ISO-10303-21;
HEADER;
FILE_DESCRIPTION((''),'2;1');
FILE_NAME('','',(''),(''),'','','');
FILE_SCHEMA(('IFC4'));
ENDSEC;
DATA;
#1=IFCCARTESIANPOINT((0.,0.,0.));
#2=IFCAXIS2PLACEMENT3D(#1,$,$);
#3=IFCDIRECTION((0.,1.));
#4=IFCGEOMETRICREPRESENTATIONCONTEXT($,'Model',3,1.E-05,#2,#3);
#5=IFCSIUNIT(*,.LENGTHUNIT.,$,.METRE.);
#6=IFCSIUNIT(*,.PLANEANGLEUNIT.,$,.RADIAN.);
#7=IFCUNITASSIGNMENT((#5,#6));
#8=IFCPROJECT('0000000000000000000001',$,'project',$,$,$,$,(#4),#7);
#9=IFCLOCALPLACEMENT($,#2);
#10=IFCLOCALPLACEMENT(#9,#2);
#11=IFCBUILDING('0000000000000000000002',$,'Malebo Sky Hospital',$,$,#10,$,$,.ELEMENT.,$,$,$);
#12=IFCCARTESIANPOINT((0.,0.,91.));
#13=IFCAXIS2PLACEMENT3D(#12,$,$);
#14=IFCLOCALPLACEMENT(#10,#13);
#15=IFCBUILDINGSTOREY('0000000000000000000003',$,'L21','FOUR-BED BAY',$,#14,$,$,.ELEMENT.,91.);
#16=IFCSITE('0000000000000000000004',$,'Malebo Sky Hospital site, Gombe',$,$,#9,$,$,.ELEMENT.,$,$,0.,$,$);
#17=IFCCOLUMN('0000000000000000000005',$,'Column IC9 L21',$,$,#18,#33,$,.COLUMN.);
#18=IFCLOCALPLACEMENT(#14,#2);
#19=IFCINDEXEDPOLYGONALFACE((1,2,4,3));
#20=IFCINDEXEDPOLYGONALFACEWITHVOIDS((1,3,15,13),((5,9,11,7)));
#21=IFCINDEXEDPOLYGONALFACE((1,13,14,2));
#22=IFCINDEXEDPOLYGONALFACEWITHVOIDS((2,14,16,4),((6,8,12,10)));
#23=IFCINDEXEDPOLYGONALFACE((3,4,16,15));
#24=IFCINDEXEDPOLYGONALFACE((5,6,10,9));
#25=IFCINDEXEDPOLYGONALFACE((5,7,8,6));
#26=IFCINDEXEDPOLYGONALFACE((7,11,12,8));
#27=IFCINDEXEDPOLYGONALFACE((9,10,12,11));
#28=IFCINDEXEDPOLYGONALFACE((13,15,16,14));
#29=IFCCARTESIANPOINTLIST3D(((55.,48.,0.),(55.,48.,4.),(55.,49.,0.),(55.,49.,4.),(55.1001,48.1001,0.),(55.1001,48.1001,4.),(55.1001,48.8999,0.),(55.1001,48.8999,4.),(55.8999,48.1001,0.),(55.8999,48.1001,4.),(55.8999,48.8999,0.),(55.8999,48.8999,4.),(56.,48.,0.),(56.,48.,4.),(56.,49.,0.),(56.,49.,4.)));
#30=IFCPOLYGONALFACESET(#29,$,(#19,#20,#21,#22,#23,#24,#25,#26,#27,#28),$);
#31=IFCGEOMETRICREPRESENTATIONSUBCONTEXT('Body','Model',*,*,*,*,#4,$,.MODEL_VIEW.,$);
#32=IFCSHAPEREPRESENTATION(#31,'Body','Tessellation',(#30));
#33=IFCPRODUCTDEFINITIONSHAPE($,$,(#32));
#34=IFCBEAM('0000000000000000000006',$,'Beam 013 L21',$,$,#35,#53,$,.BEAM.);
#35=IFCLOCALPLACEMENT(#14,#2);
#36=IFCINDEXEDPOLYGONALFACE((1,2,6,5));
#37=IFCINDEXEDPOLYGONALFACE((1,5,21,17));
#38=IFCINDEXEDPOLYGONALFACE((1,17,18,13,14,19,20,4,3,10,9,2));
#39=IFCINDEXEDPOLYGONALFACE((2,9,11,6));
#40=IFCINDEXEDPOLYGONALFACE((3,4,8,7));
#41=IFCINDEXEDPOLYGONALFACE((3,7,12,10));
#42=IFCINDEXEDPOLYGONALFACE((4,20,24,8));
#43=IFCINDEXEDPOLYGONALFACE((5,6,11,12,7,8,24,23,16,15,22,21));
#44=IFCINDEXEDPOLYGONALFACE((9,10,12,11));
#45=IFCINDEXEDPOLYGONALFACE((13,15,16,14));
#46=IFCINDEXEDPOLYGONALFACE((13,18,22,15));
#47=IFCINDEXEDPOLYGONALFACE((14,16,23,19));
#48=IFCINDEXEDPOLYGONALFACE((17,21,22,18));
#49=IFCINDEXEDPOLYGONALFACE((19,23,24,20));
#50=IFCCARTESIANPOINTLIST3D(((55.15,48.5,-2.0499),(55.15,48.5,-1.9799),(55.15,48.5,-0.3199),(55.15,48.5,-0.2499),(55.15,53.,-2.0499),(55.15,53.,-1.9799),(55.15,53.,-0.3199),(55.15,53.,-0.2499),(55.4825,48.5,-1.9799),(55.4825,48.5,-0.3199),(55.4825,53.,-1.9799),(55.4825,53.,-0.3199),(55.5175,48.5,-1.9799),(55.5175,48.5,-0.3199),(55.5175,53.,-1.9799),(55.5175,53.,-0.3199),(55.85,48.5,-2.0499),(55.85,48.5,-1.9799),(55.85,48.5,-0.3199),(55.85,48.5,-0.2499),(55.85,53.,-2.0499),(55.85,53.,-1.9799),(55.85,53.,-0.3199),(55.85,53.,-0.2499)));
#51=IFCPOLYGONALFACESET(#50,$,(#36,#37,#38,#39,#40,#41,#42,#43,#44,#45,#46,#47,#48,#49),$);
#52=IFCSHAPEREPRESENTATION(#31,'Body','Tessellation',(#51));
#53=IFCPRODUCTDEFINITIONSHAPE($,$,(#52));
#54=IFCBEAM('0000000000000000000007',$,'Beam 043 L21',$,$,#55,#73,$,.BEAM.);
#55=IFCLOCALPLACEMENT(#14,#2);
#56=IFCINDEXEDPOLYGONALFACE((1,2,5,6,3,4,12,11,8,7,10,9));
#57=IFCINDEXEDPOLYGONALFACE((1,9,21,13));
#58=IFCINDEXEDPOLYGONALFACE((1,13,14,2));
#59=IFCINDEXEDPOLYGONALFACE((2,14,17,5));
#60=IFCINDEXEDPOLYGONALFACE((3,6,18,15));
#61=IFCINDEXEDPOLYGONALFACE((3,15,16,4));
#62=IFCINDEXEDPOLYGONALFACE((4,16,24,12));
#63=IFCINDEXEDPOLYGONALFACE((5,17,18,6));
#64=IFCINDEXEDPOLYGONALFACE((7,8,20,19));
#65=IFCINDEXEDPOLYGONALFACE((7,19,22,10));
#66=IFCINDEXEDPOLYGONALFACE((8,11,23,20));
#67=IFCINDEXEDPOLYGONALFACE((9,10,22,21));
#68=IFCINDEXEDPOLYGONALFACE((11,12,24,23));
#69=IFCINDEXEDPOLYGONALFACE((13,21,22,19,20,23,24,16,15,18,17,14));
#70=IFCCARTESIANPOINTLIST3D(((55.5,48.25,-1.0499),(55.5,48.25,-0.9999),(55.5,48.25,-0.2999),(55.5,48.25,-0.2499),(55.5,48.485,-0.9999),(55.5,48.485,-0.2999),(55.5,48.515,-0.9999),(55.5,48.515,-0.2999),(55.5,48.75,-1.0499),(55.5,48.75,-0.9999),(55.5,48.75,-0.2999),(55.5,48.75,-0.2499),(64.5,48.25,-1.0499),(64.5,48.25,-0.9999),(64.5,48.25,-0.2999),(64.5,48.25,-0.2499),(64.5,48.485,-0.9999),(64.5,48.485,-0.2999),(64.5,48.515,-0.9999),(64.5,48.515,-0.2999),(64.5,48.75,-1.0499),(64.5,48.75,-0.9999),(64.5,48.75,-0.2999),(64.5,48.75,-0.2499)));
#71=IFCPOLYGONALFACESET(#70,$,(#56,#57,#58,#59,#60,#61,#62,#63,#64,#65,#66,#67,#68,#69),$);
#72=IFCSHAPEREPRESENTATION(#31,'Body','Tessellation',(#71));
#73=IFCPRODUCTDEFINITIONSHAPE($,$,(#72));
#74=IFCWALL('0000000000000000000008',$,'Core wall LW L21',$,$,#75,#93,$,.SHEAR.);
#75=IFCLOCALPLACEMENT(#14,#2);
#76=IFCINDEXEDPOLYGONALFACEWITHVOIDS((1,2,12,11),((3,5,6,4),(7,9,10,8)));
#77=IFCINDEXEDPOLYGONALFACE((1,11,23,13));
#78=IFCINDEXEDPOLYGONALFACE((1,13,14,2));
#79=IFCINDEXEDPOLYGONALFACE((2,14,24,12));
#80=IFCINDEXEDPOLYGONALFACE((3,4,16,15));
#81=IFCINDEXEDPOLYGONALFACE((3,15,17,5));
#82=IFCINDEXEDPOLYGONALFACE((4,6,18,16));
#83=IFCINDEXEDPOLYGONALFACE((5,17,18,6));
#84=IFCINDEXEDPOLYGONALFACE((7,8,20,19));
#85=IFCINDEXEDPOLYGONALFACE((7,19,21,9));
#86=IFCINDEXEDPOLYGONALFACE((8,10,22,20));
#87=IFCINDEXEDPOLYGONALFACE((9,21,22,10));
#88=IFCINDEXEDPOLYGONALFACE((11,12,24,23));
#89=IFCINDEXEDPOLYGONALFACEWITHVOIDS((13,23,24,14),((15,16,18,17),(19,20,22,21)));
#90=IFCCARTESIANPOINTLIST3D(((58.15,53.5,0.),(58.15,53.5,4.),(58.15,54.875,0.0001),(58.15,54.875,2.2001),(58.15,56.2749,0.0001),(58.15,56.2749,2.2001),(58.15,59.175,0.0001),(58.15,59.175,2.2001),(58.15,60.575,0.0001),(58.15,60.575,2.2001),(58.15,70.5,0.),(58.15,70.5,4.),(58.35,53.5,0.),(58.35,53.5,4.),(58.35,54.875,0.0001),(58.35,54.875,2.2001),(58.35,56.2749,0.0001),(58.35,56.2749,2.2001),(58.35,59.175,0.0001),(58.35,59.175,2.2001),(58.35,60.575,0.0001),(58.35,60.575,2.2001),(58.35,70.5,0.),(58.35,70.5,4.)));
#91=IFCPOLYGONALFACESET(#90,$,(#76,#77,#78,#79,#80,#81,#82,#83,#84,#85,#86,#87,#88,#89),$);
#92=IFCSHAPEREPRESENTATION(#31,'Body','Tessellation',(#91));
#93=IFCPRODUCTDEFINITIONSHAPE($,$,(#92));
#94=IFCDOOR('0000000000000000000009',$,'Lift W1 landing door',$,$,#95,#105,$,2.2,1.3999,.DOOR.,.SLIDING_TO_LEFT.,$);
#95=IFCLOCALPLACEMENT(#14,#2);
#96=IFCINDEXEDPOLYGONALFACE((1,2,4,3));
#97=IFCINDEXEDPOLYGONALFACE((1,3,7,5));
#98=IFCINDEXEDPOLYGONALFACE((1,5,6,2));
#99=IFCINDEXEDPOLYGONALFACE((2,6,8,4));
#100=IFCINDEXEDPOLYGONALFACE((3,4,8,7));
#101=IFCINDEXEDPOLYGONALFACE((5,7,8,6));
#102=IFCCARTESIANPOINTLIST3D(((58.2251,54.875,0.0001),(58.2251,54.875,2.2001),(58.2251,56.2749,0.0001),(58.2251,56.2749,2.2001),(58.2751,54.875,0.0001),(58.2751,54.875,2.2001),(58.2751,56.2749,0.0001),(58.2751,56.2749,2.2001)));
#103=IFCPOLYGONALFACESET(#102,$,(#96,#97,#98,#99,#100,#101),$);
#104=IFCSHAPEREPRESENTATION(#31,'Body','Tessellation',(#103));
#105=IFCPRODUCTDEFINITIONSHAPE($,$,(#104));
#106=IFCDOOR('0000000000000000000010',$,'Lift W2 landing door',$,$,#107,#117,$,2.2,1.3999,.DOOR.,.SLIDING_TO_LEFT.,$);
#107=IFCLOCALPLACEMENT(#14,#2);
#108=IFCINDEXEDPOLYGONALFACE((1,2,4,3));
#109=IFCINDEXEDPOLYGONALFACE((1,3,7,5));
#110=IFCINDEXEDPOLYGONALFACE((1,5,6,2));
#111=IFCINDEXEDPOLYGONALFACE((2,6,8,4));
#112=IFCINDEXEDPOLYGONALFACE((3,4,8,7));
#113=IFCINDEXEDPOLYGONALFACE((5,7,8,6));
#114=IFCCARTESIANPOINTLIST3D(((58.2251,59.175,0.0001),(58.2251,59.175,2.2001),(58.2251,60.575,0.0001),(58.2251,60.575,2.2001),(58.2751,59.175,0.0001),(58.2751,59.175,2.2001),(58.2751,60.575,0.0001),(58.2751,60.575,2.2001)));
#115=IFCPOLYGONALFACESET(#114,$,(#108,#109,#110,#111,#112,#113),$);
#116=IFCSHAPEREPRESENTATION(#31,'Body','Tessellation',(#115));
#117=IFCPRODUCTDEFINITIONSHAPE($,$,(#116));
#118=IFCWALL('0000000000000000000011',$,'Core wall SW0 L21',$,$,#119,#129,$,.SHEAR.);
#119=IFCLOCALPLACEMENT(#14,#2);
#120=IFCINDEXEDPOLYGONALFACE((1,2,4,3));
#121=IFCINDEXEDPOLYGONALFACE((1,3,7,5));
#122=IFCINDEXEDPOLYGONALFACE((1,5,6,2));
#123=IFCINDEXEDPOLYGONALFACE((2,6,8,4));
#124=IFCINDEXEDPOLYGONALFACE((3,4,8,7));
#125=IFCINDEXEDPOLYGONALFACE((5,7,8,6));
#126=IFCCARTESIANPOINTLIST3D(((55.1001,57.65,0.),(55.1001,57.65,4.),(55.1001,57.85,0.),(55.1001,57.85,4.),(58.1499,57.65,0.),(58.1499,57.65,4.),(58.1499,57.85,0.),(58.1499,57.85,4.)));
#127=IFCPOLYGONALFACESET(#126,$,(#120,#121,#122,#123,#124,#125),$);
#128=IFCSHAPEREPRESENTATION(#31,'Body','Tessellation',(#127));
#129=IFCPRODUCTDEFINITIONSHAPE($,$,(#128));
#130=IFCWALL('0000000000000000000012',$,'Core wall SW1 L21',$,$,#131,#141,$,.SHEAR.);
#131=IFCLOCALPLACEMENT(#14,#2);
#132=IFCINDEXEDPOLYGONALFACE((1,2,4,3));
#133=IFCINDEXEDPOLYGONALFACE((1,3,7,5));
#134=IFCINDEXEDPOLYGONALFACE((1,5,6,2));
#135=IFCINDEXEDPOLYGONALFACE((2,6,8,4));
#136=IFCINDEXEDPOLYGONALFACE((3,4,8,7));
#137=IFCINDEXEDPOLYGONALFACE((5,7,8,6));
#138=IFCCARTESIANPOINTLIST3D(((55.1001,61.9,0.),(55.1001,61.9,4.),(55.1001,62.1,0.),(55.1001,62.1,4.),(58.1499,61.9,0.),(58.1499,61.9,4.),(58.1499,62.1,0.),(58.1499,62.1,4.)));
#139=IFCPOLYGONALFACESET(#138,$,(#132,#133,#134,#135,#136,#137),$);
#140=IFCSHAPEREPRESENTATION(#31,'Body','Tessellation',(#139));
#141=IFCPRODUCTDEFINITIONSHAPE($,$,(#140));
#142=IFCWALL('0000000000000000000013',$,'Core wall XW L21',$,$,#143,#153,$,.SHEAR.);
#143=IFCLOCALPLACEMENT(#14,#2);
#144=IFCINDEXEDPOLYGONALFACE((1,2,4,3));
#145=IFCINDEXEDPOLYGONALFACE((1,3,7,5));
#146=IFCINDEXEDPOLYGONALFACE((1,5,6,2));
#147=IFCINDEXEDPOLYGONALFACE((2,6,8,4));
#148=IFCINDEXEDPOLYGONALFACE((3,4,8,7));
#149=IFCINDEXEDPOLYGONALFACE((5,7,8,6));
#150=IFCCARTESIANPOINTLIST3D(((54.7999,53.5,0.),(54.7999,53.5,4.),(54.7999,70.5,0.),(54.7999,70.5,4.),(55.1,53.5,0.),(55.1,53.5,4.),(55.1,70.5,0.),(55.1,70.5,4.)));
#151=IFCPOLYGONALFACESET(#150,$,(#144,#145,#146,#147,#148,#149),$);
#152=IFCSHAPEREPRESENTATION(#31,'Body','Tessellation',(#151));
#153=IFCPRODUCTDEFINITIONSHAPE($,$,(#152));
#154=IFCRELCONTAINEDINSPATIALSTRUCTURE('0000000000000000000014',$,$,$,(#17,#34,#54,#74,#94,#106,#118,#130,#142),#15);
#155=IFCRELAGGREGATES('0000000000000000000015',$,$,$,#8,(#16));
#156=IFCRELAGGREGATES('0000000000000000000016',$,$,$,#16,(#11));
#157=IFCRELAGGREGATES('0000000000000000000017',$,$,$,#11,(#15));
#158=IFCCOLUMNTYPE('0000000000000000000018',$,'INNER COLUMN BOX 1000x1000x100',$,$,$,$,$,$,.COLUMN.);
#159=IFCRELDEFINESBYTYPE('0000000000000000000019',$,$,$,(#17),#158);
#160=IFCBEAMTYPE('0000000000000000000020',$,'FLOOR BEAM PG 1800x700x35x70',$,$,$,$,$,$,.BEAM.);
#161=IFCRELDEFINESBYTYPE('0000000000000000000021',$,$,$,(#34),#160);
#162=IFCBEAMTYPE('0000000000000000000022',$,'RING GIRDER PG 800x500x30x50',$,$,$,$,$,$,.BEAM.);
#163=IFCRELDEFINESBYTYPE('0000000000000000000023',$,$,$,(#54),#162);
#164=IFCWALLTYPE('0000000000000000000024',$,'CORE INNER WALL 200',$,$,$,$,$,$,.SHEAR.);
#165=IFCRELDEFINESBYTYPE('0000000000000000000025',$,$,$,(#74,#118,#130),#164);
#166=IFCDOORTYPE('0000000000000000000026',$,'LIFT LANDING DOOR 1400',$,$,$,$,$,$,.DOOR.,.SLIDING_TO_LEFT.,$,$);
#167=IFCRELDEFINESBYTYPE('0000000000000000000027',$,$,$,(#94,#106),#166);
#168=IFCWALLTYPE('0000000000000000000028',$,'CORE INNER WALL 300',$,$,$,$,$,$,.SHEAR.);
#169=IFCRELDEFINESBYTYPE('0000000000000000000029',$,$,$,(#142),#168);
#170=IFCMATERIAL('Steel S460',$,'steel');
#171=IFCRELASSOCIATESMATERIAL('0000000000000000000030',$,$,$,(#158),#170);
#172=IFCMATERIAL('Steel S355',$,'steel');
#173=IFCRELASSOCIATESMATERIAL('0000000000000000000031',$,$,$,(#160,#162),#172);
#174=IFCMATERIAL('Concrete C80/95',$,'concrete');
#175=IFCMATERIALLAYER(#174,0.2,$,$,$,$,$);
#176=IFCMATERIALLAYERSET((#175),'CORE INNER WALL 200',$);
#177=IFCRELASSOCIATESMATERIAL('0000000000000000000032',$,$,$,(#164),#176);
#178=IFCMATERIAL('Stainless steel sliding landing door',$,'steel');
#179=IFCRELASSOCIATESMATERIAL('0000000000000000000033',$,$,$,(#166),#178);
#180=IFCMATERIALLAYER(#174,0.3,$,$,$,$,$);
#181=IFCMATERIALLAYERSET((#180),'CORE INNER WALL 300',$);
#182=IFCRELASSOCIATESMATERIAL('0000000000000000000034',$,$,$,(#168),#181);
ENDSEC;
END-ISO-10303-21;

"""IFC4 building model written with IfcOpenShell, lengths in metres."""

from ifc_helpers import new_model, si_unit, direction, frame, frame_2d, origin, origin_2d, place, context, subcontext, project, spatial, rectangle, hollow_rectangle, i_section, extrude, material, layer, layer_set, material_profile, profile_set, type_object, element, fill, save


model = new_model("IFC4")

# Units and contexts
model_context = context("Model", 3, precision=1e-05, world=origin(), true_north=direction((0.0, 1.0)))
body_context = subcontext(model_context, "Body", "Model", "MODEL_VIEW")
ifc_project = project(units=[si_unit("LENGTHUNIT", "METRE"), si_unit("PLANEANGLEUNIT", "RADIAN")], contexts=[model_context])

# Site, building, storey
site_placement = place(None, origin())
site = spatial("IfcSite", under=ifc_project, at=site_placement, Name="Malebo Sky Hospital site, Gombe", CompositionType="ELEMENT", RefElevation=0.0)
building_placement = place(site_placement, origin())
building = spatial("IfcBuilding", under=site, at=building_placement, Name="Malebo Sky Hospital", CompositionType="ELEMENT")
storey_placement = place(building_placement, frame((0.0, 0.0, 91.0)))
storey = spatial("IfcBuildingStorey", under=building, at=storey_placement, Name="L21", Description="FOUR-BED BAY", CompositionType="ELEMENT", Elevation=91.0)

# Column
ifc_material_1 = material(Name="Steel S460", Category="steel")
ifc_material_profile_1 = material_profile(ifc_material_1, hollow_rectangle(XDim=1.0, YDim=1.0, WallThickness=0.1001, at=origin_2d()), Name="BOX 1000x1000x100")
ifc_profile_set_1 = profile_set([ifc_material_profile_1], Name="Steel S460")
column_type = type_object("IfcColumnType", Name="INNER COLUMN BOX 1000x1000x100", PredefinedType="COLUMN", material=ifc_profile_set_1)
column_placement = place(storey_placement, frame((55.5, 48.5, 0.0), z_axis=(0.0, 0.0, 1.0), x_axis=(1.0, 0.0, 0.0)))
element("IfcColumn", 1, at=column_placement, inside=storey, type_object=column_type, Name="Column IC9 L21", PredefinedType="COLUMN", context=body_context, shape_type="SweptSolid", body=[
    extrude(hollow_rectangle(XDim=1.0, YDim=1.0, WallThickness=0.1001, at=origin_2d()), origin(), (0.0, 0.0, 1.0), 4.0),
])

# Beams
ifc_material_2 = material(Name="Steel S355", Category="steel")
ifc_material_profile_2 = material_profile(ifc_material_2, i_section(OverallWidth=0.7, OverallDepth=1.8, WebThickness=0.0349, FlangeThickness=0.0701, at=origin_2d()), Name="PG 1800x700x35x70")
ifc_profile_set_2 = profile_set([ifc_material_profile_2], Name="Steel S355")
beam_type_1 = type_object("IfcBeamType", Name="FLOOR BEAM PG 1800x700x35x70", PredefinedType="BEAM", material=ifc_profile_set_2)
beam_1_placement = place(storey_placement, frame((55.5, 48.5, -1.1499), z_axis=(0.0, 1.0, 0.0), x_axis=(-1.0, 0.0, 0.0)))
element("IfcBeam", 2, at=beam_1_placement, inside=storey, type_object=beam_type_1, Name="Beam 013 L21", PredefinedType="BEAM", context=body_context, shape_type="SweptSolid", body=[
    extrude(i_section(OverallWidth=0.7, OverallDepth=1.8, WebThickness=0.0349, FlangeThickness=0.0701, at=origin_2d()), origin(), (0.0, 0.0, 1.0), 4.5),
])
ifc_material_profile_3 = material_profile(ifc_material_2, i_section(OverallWidth=0.5, OverallDepth=0.8, WebThickness=0.03, FlangeThickness=0.05, at=origin_2d()), Name="PG 800x500x30x50")
ifc_profile_set_3 = profile_set([ifc_material_profile_3], Name="Steel S355")
beam_type_2 = type_object("IfcBeamType", Name="RING GIRDER PG 800x500x30x50", PredefinedType="BEAM", material=ifc_profile_set_3)
beam_2_placement = place(storey_placement, frame((55.5, 48.5, -0.6499), z_axis=(1.0, 0.0, 0.0), x_axis=(0.0, 1.0, 0.0)))
element("IfcBeam", 3, at=beam_2_placement, inside=storey, type_object=beam_type_2, Name="Beam 043 L21", PredefinedType="BEAM", context=body_context, shape_type="SweptSolid", body=[
    extrude(i_section(OverallWidth=0.5, OverallDepth=0.8, WebThickness=0.03, FlangeThickness=0.05, at=origin_2d()), origin(), (0.0, 0.0, 1.0), 9.0),
])

# Wall, openings, doors
ifc_material_3 = material(Name="Concrete C80/95", Category="concrete")
ifc_layer_1 = layer(ifc_material_3, 0.2)
ifc_layer_set_1 = layer_set([ifc_layer_1], Name="CORE INNER WALL 200")
wall_type_1 = type_object("IfcWallType", Name="CORE INNER WALL 200", PredefinedType="SHEAR", material=ifc_layer_set_1)
wall_1_placement = place(storey_placement, frame((58.25, 53.5, 0.0), z_axis=(0.0, 0.0, 1.0), x_axis=(0.0, 1.0, 0.0)))
wall_1 = element("IfcWall", 4, at=wall_1_placement, inside=storey, type_object=wall_type_1, Name="Core wall LW L21", PredefinedType="SHEAR", context=body_context, shape_type="SweptSolid", body=[
    extrude(rectangle(XDim=17.0, YDim=0.2, at=frame_2d((8.5, 0.0))), origin(), (0.0, 0.0, 1.0), 4.0),
])
opening_1_placement = place(wall_1_placement, frame((1.375, 0.0, 0.0)))
opening_1 = element("IfcOpeningElement", 5, at=opening_1_placement, cuts=wall_1, PredefinedType="OPENING", context=body_context, shape_type="SweptSolid", body=[
    extrude(rectangle(XDim=1.3999, YDim=2.2, at=frame_2d((0.7, 1.1001))), frame((0.0, 0.1099, 0.0), z_axis=(0.0, -1.0, 0.0), x_axis=(1.0, 0.0, 0.0)), (0.0, 0.0, 1.0), 0.22),
])
opening_2_placement = place(wall_1_placement, frame((5.675, 0.0, 0.0)))
opening_2 = element("IfcOpeningElement", 6, at=opening_2_placement, cuts=wall_1, PredefinedType="OPENING", context=body_context, shape_type="SweptSolid", body=[
    extrude(rectangle(XDim=1.3999, YDim=2.2, at=frame_2d((0.7, 1.1001))), frame((0.0, 0.1099, 0.0), z_axis=(0.0, -1.0, 0.0), x_axis=(1.0, 0.0, 0.0)), (0.0, 0.0, 1.0), 0.22),
])
ifc_material_4 = material(Name="Stainless steel sliding landing door", Category="steel")
door_type_1 = type_object("IfcDoorType", Name="LIFT LANDING DOOR 1400", OperationType="SLIDING_TO_LEFT", PredefinedType="DOOR", material=ifc_material_4)
door_1_placement = place(opening_1_placement, origin())
door_1 = element("IfcDoor", 7, at=door_1_placement, inside=storey, type_object=door_type_1, Name="Lift W1 landing door", OperationType="SLIDING_TO_LEFT", OverallHeight=2.2, OverallWidth=1.3999, PredefinedType="DOOR", context=body_context, shape_type="SweptSolid", body=[
    extrude(rectangle(XDim=1.3999, YDim=2.2, at=frame_2d((0.7, 1.1001))), frame((0.0, 0.0249, 0.0), z_axis=(0.0, -1.0, 0.0), x_axis=(1.0, 0.0, 0.0)), (0.0, 0.0, 1.0), 0.05),
])
fill(opening_1, door_1)
door_2_placement = place(opening_2_placement, origin())
door_2 = element("IfcDoor", 8, at=door_2_placement, inside=storey, type_object=door_type_1, Name="Lift W2 landing door", OperationType="SLIDING_TO_LEFT", OverallHeight=2.2, OverallWidth=1.3999, PredefinedType="DOOR", context=body_context, shape_type="SweptSolid", body=[
    extrude(rectangle(XDim=1.3999, YDim=2.2, at=frame_2d((0.7, 1.1001))), frame((0.0, 0.0249, 0.0), z_axis=(0.0, -1.0, 0.0), x_axis=(1.0, 0.0, 0.0)), (0.0, 0.0, 1.0), 0.05),
])
fill(opening_2, door_2)

# Walls
for number, where, z_axis, x_axis, name in (
    (9, (55.1001, 57.75, 0.0), (0.0, 0.0, 1.0), (1.0, 0.0, 0.0), "Core wall SW0 L21"),
    (10, (55.1001, 62.0, 0.0), (0.0, 0.0, 1.0), (1.0, 0.0, 0.0), "Core wall SW1 L21"),
):
    element("IfcWall", number, at=place(storey_placement, frame(where, z_axis=z_axis, x_axis=x_axis)), inside=storey, type_object=wall_type_1, Name=name, PredefinedType="SHEAR", context=body_context, shape_type="SweptSolid", body=[
        extrude(rectangle(XDim=3.0498, YDim=0.2, at=frame_2d((1.5249, 0.0))), origin(), (0.0, 0.0, 1.0), 4.0),
    ])
ifc_layer_2 = layer(ifc_material_3, 0.3)
ifc_layer_set_2 = layer_set([ifc_layer_2], Name="CORE INNER WALL 300")
wall_type_2 = type_object("IfcWallType", Name="CORE INNER WALL 300", PredefinedType="SHEAR", material=ifc_layer_set_2)
wall_2_placement = place(storey_placement, frame((54.95, 53.5, 0.0), z_axis=(0.0, 0.0, 1.0), x_axis=(0.0, 1.0, 0.0)))
element("IfcWall", 11, at=wall_2_placement, inside=storey, type_object=wall_type_2, Name="Core wall XW L21", PredefinedType="SHEAR", context=body_context, shape_type="SweptSolid", body=[
    extrude(rectangle(XDim=17.0, YDim=0.3, at=frame_2d((8.5, 0.0))), origin(), (0.0, 0.0, 1.0), 4.0),
])

save(model, "model.ifc")
